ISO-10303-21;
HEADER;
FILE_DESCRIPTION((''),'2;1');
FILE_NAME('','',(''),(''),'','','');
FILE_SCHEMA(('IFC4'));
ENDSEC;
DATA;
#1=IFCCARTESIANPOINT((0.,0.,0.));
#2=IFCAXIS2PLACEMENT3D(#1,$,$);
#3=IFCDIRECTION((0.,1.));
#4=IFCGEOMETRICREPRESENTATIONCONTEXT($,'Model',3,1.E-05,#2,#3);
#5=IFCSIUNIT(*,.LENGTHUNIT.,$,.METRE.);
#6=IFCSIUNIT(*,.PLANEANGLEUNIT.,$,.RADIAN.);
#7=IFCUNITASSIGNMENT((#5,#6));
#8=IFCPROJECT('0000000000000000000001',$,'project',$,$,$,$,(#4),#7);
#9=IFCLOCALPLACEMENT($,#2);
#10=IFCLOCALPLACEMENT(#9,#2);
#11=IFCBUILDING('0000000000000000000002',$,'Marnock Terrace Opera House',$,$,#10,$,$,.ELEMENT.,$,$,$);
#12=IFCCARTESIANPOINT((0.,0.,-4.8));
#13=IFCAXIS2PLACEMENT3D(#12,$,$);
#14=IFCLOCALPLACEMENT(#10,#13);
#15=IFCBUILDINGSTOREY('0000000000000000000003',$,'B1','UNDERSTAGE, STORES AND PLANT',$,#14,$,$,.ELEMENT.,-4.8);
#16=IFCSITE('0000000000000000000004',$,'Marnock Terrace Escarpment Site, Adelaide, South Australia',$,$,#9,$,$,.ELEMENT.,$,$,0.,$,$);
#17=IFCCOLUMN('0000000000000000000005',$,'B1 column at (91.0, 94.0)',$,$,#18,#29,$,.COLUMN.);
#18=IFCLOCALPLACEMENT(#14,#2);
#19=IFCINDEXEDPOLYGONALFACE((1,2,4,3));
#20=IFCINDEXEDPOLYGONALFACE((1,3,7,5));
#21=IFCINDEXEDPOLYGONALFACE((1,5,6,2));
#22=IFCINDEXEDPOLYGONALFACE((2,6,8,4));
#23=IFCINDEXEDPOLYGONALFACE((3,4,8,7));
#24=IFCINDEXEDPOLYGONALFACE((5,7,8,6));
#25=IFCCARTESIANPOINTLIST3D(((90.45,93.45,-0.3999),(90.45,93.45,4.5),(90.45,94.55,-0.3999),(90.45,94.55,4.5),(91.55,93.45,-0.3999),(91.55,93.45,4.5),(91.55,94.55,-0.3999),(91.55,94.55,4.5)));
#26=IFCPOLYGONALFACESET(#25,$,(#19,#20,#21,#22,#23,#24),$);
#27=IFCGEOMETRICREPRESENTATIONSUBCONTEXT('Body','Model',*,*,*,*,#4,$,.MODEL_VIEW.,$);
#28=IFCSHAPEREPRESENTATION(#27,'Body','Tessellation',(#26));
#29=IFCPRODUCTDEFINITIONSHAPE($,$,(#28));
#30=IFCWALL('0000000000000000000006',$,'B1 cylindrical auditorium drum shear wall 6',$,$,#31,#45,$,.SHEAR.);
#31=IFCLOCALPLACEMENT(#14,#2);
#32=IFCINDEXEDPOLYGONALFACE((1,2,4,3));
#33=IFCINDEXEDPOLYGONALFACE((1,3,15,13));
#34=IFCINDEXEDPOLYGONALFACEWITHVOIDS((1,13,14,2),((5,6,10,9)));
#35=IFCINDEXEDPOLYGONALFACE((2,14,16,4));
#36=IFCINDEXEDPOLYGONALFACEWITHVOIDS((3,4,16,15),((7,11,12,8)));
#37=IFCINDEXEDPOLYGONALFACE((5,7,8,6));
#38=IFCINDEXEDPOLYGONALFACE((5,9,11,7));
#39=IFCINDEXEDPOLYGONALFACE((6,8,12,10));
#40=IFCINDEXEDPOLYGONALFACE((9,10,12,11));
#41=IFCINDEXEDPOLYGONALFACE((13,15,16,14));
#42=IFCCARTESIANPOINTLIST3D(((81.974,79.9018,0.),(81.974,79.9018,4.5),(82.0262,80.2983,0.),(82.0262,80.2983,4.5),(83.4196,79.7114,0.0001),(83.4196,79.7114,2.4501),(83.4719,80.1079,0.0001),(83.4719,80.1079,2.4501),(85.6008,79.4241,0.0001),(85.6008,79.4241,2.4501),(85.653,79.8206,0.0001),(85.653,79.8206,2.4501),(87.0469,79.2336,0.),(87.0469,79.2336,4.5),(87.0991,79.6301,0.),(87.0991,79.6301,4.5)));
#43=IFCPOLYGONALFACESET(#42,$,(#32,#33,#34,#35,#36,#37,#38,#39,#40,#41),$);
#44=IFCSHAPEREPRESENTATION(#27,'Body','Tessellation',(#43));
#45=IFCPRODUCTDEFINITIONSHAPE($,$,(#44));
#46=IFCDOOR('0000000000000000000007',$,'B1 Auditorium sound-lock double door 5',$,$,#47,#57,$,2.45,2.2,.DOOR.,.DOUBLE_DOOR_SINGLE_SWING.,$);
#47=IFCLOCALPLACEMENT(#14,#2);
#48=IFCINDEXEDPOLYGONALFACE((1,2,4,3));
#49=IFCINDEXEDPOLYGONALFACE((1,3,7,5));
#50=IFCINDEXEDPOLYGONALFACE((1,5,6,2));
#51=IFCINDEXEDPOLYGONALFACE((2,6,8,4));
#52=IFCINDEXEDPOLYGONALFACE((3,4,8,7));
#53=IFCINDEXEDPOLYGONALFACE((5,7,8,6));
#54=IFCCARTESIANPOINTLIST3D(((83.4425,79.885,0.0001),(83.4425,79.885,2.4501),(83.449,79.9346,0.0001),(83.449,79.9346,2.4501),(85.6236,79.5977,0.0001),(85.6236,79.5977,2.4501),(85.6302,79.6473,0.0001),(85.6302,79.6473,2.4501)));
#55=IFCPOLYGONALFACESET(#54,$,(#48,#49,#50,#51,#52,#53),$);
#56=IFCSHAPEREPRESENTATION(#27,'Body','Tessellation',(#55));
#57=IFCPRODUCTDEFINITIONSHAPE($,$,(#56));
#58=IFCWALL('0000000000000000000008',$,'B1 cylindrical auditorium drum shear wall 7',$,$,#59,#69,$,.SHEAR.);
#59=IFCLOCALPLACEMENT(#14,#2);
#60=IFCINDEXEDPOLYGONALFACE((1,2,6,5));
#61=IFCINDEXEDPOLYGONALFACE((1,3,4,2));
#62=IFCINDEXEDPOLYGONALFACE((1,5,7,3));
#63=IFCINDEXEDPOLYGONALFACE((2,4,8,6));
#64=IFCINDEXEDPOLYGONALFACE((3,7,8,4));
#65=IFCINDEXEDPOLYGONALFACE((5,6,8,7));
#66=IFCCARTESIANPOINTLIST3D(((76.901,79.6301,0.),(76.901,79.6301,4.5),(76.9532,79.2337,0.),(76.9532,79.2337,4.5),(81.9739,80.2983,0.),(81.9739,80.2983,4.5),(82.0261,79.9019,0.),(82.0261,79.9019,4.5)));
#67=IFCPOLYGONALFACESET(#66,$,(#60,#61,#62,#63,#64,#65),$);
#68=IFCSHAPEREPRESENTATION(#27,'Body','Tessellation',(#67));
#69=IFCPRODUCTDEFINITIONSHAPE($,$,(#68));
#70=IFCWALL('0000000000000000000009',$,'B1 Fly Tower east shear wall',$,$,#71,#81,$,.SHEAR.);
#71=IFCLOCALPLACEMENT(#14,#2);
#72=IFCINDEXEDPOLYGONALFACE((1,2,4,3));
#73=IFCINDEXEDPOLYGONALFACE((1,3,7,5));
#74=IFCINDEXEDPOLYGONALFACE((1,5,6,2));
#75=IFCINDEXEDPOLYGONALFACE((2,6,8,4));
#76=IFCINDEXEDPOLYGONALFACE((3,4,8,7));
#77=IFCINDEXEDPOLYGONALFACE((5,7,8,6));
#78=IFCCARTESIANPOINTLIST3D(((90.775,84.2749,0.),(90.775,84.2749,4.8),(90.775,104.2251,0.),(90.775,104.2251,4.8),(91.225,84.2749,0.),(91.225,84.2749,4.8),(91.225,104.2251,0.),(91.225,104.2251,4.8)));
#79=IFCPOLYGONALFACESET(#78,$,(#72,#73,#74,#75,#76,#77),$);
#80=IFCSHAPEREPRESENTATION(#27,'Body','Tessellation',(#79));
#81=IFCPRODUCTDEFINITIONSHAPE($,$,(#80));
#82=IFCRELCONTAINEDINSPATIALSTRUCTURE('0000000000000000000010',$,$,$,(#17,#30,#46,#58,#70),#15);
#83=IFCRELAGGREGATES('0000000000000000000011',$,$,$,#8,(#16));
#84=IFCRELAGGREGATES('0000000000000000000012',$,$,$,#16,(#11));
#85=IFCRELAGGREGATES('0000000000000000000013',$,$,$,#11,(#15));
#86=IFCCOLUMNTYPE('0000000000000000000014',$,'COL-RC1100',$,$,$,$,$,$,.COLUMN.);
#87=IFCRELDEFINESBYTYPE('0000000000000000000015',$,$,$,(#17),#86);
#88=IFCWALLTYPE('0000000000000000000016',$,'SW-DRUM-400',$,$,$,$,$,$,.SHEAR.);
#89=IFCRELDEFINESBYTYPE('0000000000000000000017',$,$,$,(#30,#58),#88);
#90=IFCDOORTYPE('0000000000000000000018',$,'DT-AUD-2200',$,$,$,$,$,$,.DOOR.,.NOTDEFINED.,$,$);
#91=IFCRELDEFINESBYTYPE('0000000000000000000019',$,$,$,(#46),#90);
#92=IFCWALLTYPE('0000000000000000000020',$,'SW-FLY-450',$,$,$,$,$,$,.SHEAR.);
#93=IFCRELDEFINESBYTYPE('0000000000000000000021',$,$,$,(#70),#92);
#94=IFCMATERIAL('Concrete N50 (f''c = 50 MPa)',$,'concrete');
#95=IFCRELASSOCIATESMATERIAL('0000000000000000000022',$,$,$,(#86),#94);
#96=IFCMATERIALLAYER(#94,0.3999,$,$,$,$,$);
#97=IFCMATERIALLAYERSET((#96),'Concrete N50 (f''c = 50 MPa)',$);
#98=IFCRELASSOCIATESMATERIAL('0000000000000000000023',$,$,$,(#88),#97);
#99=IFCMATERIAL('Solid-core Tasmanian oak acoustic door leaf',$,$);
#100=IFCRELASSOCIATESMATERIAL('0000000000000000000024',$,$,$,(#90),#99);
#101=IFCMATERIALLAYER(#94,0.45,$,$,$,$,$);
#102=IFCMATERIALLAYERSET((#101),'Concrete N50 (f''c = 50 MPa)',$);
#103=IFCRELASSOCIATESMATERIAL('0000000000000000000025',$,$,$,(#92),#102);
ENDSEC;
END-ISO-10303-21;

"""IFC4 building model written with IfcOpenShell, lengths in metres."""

from ifc_helpers import new_model, si_unit, direction, frame, frame_2d, origin, origin_2d, place, context, subcontext, project, spatial, rectangle, extrude, material, layer, layer_set, material_profile, profile_set, type_object, element, fill, save


model = new_model("IFC4")

# Units and contexts
model_context = context("Model", 3, precision=1e-05, world=origin(), true_north=direction((0.0, 1.0)))
body_context = subcontext(model_context, "Body", "Model", "MODEL_VIEW")
ifc_project = project(units=[si_unit("LENGTHUNIT", "METRE"), si_unit("PLANEANGLEUNIT", "RADIAN")], contexts=[model_context])

# Site, building, storey
site_placement = place(None, origin())
site = spatial("IfcSite", under=ifc_project, at=site_placement, Name="Marnock Terrace Escarpment Site, Adelaide, South Australia", CompositionType="ELEMENT", RefElevation=0.0)
building_placement = place(site_placement, origin())
building = spatial("IfcBuilding", under=site, at=building_placement, Name="Marnock Terrace Opera House", CompositionType="ELEMENT")
storey_placement = place(building_placement, frame((0.0, 0.0, -4.8)))
storey = spatial("IfcBuildingStorey", under=building, at=storey_placement, Name="B1", Description="UNDERSTAGE, STORES AND PLANT", CompositionType="ELEMENT", Elevation=-4.8)

# Column
ifc_material_1 = material(Name="Concrete N50 (f'c = 50 MPa)", Category="concrete")
ifc_material_profile_1 = material_profile(ifc_material_1, rectangle(XDim=1.1001, YDim=1.1001, at=origin_2d()))
ifc_profile_set_1 = profile_set([ifc_material_profile_1], Name="Concrete N50 (f'c = 50 MPa)")
column_type_1 = type_object("IfcColumnType", Name="COL-RC1100", PredefinedType="COLUMN", material=ifc_profile_set_1)
for number, where, z_axis, x_axis, name in (
    (1, (91.0, 94.0, -0.3999), (0.0, 0.0, 1.0), (1.0, 0.0, 0.0), "B1 column at (91.0, 94.0)"),
):
    element("IfcColumn", number, at=place(storey_placement, frame(where, z_axis=z_axis, x_axis=x_axis)), inside=storey, type_object=column_type_1, Name=name, PredefinedType="COLUMN", context=body_context, shape_type="SweptSolid", body=[
        extrude(rectangle(XDim=1.1001, YDim=1.1001, at=origin_2d()), origin(), (0.0, 0.0, 1.0), 4.8999),
    ])

# Wall, opening, door
ifc_layer_1 = layer(ifc_material_1, 0.3999)
ifc_layer_set_1 = layer_set([ifc_layer_1], Name="Concrete N50 (f'c = 50 MPa)")
wall_type_1 = type_object("IfcWallType", Name="SW-DRUM-400", PredefinedType="SHEAR", material=ifc_layer_set_1)
wall_1_placement = place(storey_placement, frame((87.073, 79.4319, 0.0), z_axis=(0.0, 0.0, 1.0), x_axis=(-0.991436, 0.130592, 0.0)))
wall_1 = element("IfcWall", 2, at=wall_1_placement, inside=storey, type_object=wall_type_1, Name="B1 cylindrical auditorium drum shear wall 6", PredefinedType="SHEAR", context=body_context, shape_type="SweptSolid", body=[
    extrude(rectangle(XDim=5.1167, YDim=0.3999, at=frame_2d((2.5583, 0.0))), origin(), (0.0, 0.0, 1.0), 4.5),
])
opening_placement = place(wall_1_placement, frame((1.4585, 0.0, 0.0)))
opening = element("IfcOpeningElement", 3, at=opening_placement, cuts=wall_1, PredefinedType="OPENING", context=body_context, shape_type="SweptSolid", body=[
    extrude(rectangle(XDim=2.2, YDim=2.45, at=frame_2d((1.1001, 1.2251))), frame((0.0, 0.21, 0.0), z_axis=(0.0, -1.0, 0.0), x_axis=(1.0, 0.0, 0.0)), (0.0, 0.0, 1.0), 0.4199),
])
ifc_material_2 = material(Name="Solid-core Tasmanian oak acoustic door leaf")
door_type = type_object("IfcDoorType", Name="DT-AUD-2200", OperationType="NOTDEFINED", PredefinedType="DOOR", material=ifc_material_2)
door_placement = place(opening_placement, origin())
door = element("IfcDoor", 4, at=door_placement, inside=storey, type_object=door_type, Name="B1 Auditorium sound-lock double door 5", OperationType="DOUBLE_DOOR_SINGLE_SWING", OverallHeight=2.45, OverallWidth=2.2, PredefinedType="DOOR", context=body_context, shape_type="SweptSolid", body=[
    extrude(rectangle(XDim=2.2, YDim=2.45, at=frame_2d((1.1001, 1.2251))), frame((0.0, 0.0249, 0.0), z_axis=(0.0, -1.0, 0.0), x_axis=(1.0, 0.0, 0.0)), (0.0, 0.0, 1.0), 0.05),
])
fill(opening, door)

# Walls
wall_2_placement = place(storey_placement, frame((82.0, 80.1001, 0.0), z_axis=(0.0, 0.0, 1.0), x_axis=(-0.991436, -0.130592, 0.0)))
element("IfcWall", 5, at=wall_2_placement, inside=storey, type_object=wall_type_1, Name="B1 cylindrical auditorium drum shear wall 7", PredefinedType="SHEAR", context=body_context, shape_type="SweptSolid", body=[
    extrude(rectangle(XDim=5.1167, YDim=0.3999, at=frame_2d((2.5583, 0.0))), origin(), (0.0, 0.0, 1.0), 4.5),
])
ifc_layer_2 = layer(ifc_material_1, 0.45)
ifc_layer_set_2 = layer_set([ifc_layer_2], Name="Concrete N50 (f'c = 50 MPa)")
wall_type_2 = type_object("IfcWallType", Name="SW-FLY-450", PredefinedType="SHEAR", material=ifc_layer_set_2)
wall_3_placement = place(storey_placement, frame((91.0, 84.2749, 0.0), z_axis=(0.0, 0.0, 1.0), x_axis=(0.0, 1.0, 0.0)))
element("IfcWall", 6, at=wall_3_placement, inside=storey, type_object=wall_type_2, Name="B1 Fly Tower east shear wall", PredefinedType="SHEAR", context=body_context, shape_type="SweptSolid", body=[
    extrude(rectangle(XDim=19.9502, YDim=0.45, at=frame_2d((9.9751, 0.0))), origin(), (0.0, 0.0, 1.0), 4.8),
])

save(model, "model.ifc")
